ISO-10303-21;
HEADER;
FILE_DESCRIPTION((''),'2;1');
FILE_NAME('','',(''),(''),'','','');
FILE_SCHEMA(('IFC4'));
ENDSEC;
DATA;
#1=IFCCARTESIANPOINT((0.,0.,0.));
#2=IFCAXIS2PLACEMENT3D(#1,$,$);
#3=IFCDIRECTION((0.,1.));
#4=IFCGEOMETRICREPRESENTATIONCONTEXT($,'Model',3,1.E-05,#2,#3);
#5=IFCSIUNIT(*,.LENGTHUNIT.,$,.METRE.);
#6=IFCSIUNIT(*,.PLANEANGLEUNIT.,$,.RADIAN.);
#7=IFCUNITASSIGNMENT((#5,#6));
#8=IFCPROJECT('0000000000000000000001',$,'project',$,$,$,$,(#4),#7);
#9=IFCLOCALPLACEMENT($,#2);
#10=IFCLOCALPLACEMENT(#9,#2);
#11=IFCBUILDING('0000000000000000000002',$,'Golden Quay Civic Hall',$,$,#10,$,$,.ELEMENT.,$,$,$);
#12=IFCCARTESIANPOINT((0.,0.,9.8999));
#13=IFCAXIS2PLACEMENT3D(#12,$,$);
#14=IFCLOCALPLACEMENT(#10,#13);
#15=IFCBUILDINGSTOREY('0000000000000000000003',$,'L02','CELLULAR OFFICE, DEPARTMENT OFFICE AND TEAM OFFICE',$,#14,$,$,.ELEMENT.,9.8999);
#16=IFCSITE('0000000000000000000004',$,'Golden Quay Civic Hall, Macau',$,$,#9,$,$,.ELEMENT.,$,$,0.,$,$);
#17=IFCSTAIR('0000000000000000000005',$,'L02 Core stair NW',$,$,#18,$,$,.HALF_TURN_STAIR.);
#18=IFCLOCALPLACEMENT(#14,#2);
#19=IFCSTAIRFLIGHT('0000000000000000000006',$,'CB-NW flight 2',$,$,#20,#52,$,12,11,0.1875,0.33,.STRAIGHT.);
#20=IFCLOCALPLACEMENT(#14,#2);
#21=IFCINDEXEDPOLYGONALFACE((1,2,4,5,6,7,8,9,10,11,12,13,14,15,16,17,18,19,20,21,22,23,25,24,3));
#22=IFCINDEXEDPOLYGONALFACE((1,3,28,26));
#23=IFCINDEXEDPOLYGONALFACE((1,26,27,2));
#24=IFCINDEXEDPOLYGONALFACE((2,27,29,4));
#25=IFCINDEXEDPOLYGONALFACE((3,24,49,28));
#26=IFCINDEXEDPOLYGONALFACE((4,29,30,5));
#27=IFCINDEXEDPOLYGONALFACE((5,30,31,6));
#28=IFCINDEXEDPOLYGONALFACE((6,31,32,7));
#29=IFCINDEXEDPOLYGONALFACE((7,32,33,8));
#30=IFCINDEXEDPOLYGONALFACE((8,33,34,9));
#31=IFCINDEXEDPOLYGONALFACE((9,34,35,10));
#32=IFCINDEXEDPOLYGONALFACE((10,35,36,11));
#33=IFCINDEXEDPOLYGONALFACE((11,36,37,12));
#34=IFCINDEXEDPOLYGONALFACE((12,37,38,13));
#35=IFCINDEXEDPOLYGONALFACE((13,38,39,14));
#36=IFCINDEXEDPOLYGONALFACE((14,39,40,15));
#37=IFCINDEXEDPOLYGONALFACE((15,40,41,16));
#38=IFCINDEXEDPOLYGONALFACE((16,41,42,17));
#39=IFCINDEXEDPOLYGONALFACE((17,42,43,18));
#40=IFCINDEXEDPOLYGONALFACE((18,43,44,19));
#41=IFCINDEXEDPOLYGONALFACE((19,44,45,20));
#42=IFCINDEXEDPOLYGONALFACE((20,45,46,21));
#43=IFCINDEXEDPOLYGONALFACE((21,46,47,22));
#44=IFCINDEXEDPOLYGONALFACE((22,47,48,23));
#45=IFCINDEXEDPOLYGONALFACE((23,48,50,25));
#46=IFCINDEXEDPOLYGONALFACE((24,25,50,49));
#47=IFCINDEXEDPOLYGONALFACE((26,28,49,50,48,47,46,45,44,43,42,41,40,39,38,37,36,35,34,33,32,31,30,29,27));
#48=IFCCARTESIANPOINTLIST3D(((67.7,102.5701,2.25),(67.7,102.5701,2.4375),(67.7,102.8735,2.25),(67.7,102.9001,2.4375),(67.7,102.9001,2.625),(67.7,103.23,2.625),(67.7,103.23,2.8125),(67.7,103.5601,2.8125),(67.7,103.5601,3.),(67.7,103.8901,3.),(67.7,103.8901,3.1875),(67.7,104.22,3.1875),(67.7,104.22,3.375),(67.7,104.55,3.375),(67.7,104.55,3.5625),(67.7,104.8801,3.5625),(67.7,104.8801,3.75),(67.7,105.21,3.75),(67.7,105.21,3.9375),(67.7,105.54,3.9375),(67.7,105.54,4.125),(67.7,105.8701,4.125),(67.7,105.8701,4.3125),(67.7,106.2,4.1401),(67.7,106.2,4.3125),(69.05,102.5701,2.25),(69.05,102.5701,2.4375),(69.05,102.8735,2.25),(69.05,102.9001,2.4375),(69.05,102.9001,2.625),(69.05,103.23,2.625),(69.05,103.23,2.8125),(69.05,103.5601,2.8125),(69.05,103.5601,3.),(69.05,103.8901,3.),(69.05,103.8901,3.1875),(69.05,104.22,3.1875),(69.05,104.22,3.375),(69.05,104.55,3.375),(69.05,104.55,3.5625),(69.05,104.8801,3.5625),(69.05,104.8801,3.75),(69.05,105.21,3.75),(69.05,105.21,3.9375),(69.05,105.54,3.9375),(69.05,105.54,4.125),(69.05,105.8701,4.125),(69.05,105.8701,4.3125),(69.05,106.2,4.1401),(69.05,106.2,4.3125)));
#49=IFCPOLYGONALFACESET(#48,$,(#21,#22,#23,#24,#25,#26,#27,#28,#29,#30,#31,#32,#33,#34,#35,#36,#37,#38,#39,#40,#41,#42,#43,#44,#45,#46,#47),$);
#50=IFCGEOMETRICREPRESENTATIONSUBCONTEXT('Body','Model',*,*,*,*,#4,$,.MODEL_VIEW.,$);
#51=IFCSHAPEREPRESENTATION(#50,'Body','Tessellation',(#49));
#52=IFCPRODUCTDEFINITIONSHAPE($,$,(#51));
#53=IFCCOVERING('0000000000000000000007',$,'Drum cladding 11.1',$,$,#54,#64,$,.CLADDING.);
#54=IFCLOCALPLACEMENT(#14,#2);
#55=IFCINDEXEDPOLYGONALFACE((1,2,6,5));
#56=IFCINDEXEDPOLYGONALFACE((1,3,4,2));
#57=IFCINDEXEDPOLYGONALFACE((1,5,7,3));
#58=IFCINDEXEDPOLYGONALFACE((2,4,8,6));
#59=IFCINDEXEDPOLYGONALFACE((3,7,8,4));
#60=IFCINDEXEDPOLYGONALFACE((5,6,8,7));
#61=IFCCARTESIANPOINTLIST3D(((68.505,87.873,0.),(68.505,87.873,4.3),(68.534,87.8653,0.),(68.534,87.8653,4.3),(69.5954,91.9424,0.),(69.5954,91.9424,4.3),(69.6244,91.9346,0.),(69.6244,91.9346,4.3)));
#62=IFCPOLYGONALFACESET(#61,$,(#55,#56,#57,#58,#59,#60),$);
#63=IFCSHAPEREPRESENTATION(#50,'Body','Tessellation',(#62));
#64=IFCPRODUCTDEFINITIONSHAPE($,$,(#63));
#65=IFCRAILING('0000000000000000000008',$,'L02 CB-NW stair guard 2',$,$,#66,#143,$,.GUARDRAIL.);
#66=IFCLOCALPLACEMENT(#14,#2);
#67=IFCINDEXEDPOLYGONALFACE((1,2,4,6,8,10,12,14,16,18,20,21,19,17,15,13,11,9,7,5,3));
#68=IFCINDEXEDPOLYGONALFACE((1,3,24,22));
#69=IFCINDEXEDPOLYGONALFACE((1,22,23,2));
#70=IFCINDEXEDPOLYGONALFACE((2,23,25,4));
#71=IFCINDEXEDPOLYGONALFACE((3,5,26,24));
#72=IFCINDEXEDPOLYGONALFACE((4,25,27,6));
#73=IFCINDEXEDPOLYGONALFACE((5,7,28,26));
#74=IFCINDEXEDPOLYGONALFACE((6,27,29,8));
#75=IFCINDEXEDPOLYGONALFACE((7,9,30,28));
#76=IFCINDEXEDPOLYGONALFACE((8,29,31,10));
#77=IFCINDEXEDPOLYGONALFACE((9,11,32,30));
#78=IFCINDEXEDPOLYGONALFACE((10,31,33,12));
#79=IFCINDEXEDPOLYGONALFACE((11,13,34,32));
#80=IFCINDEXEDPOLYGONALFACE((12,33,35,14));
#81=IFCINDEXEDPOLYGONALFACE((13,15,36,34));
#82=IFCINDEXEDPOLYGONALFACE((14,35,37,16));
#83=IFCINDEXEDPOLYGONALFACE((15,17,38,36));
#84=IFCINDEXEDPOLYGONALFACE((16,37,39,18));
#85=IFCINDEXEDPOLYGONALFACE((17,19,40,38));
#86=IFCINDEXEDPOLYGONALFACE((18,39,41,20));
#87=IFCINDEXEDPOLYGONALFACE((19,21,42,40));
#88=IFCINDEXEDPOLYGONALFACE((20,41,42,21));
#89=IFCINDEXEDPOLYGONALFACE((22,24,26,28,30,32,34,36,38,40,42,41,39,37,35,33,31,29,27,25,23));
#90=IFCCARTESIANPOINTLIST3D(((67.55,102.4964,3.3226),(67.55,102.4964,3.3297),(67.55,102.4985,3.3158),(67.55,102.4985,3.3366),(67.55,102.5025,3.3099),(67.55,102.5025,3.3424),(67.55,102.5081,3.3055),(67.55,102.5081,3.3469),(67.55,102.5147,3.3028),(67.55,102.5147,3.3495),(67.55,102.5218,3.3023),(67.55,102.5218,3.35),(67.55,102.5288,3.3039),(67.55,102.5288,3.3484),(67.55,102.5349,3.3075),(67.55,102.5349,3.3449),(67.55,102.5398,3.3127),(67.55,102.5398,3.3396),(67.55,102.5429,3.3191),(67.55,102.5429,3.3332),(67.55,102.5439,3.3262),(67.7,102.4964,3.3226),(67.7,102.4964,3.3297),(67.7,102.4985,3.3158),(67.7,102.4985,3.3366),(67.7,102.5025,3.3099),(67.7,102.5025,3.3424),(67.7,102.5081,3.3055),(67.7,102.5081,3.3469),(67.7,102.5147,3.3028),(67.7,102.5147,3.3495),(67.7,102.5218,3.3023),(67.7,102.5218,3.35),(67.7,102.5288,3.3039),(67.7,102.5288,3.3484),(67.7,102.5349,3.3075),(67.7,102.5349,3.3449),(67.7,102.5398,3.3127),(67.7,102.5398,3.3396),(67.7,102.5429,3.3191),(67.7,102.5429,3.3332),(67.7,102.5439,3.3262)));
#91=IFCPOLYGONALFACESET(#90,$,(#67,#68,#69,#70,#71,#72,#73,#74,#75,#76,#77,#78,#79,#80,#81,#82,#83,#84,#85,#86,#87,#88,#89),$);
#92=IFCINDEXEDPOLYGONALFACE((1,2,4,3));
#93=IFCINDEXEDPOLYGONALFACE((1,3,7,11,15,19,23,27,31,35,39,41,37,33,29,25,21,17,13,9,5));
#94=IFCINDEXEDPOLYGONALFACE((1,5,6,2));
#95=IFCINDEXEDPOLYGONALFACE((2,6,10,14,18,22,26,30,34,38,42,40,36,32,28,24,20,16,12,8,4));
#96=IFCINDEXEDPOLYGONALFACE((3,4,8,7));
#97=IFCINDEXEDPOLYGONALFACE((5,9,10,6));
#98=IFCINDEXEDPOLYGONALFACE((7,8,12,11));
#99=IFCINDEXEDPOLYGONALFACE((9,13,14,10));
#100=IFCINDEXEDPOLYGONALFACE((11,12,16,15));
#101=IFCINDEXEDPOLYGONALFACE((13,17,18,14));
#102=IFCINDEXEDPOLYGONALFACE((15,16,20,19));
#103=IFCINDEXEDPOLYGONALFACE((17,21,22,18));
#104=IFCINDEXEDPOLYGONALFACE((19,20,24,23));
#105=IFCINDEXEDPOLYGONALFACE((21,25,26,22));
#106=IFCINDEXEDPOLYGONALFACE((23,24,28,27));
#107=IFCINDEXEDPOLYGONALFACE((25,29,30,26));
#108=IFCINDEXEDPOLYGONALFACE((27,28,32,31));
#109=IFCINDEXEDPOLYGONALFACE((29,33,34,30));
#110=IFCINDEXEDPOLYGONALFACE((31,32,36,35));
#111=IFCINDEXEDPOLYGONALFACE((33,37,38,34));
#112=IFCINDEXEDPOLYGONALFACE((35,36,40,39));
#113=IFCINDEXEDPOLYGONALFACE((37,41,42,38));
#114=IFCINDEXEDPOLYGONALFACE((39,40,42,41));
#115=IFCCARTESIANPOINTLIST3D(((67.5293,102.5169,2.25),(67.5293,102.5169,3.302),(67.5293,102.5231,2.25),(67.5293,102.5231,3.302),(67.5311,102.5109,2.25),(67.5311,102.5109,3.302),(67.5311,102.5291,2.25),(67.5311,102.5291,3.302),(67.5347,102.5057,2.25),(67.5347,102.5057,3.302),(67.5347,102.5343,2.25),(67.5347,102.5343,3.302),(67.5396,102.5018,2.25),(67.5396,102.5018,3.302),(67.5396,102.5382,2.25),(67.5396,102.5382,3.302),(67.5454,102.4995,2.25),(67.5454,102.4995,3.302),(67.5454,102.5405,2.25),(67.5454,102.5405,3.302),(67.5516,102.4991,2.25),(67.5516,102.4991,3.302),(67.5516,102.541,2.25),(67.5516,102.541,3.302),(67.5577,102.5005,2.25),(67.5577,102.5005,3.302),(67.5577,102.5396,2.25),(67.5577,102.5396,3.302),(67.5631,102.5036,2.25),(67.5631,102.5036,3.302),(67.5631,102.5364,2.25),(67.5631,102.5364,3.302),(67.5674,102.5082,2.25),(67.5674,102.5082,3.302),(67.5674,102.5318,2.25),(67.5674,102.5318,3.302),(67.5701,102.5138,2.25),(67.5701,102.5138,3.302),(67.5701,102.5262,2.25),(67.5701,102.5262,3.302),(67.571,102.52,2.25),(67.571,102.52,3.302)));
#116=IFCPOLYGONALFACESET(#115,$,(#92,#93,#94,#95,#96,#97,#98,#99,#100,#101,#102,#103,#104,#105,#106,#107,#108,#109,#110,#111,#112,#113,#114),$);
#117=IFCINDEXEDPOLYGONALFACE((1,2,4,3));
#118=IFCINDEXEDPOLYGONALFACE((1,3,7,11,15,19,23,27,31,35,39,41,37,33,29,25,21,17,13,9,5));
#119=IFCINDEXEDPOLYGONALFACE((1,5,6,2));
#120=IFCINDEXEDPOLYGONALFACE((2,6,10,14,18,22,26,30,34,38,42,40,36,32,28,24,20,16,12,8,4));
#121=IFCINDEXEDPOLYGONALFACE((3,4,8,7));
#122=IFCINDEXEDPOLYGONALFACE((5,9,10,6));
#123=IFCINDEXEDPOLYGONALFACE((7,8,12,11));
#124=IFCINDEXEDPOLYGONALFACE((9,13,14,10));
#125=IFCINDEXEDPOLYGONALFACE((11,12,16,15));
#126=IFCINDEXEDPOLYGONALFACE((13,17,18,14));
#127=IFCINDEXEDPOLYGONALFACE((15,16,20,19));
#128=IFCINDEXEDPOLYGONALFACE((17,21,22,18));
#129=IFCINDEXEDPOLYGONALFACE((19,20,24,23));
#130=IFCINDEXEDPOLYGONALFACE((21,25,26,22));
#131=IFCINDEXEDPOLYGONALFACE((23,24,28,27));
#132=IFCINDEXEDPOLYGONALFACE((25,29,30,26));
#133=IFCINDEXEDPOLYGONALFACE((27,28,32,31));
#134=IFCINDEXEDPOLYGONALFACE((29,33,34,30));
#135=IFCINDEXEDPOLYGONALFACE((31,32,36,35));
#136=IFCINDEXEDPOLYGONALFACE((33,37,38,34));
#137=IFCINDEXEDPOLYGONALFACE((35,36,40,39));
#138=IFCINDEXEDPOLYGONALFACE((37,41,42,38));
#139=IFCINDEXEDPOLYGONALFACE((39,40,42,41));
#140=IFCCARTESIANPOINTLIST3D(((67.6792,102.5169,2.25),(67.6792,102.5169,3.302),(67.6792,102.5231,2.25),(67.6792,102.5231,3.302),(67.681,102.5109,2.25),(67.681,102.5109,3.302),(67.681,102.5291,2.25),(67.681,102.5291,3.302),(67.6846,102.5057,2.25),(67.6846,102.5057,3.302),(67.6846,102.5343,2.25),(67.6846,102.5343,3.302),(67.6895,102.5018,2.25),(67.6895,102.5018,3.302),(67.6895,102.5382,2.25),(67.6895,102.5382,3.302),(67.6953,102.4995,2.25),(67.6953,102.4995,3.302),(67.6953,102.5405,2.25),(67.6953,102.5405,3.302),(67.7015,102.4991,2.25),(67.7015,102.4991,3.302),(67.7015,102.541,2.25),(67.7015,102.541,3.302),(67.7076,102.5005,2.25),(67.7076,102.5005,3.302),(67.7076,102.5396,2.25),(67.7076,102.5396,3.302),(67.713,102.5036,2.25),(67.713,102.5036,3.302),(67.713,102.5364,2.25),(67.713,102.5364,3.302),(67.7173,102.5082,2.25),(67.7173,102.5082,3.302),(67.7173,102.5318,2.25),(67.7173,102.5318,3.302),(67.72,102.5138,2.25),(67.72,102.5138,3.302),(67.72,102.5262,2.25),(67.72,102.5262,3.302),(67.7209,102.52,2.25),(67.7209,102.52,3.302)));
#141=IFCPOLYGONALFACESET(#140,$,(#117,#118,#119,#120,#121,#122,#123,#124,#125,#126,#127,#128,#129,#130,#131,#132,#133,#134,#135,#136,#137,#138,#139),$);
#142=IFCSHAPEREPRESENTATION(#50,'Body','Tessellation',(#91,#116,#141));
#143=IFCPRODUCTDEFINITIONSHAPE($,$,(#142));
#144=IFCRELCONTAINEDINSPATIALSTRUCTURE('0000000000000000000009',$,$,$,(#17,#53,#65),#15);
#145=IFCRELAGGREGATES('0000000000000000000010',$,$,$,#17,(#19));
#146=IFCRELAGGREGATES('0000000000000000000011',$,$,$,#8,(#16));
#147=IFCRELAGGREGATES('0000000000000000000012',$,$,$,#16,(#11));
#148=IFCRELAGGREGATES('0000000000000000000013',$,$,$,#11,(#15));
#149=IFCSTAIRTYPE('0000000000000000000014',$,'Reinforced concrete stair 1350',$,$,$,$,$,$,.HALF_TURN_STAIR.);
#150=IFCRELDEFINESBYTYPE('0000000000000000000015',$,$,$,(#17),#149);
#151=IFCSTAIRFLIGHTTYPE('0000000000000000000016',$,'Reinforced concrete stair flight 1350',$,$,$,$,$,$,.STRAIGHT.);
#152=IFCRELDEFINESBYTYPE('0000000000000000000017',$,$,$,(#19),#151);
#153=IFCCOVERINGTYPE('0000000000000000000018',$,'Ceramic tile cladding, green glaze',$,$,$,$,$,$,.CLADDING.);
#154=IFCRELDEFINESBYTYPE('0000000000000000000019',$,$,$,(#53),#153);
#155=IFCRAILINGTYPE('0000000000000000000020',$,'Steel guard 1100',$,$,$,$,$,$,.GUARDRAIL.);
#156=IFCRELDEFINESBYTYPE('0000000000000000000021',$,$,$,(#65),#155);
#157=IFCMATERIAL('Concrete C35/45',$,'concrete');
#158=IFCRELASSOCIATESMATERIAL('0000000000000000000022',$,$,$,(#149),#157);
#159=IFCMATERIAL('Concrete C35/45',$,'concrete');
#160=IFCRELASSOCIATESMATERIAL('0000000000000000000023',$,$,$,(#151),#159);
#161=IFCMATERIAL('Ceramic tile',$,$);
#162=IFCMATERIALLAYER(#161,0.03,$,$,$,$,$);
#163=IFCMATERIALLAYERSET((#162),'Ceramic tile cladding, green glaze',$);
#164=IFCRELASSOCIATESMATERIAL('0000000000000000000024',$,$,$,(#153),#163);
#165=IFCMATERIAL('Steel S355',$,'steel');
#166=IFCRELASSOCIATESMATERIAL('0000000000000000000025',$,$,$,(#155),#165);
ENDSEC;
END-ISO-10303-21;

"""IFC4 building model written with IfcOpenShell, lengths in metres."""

from ifc_helpers import new_model, si_unit, direction, frame, origin, origin_2d, place, context, subcontext, project, spatial, polyline, rectangle, circle, outline, extrude, material, layer, layer_set, type_object, element, aggregate, save


model = new_model("IFC4")

# Units and contexts
model_context = context("Model", 3, precision=1e-05, world=origin(), true_north=direction((0.0, 1.0)))
body_context = subcontext(model_context, "Body", "Model", "MODEL_VIEW")
ifc_project = project(units=[si_unit("LENGTHUNIT", "METRE"), si_unit("PLANEANGLEUNIT", "RADIAN")], contexts=[model_context])

# Site, building, storey
site_placement = place(None, origin())
site = spatial("IfcSite", under=ifc_project, at=site_placement, Name="Golden Quay Civic Hall, Macau", CompositionType="ELEMENT", RefElevation=0.0)
building_placement = place(site_placement, origin())
building = spatial("IfcBuilding", under=site, at=building_placement, Name="Golden Quay Civic Hall", CompositionType="ELEMENT")
storey_placement = place(building_placement, frame((0.0, 0.0, 9.8999)))
storey = spatial("IfcBuildingStorey", under=building, at=storey_placement, Name="L02", Description="CELLULAR OFFICE, DEPARTMENT OFFICE AND TEAM OFFICE", CompositionType="ELEMENT", Elevation=9.8999)

# Stair, stair flight
ifc_material_1 = material(Name="Concrete C35/45", Category="concrete")
stair_type = type_object("IfcStairType", Name="Reinforced concrete stair 1350", PredefinedType="HALF_TURN_STAIR", material=ifc_material_1)
stair_placement = place(storey_placement, origin())
stair = element("IfcStair", 1, at=stair_placement, inside=storey, type_object=stair_type, Name="L02 Core stair NW", PredefinedType="HALF_TURN_STAIR")
ifc_material_2 = material(Name="Concrete C35/45", Category="concrete")
stair_flight_type = type_object("IfcStairFlightType", Name="Reinforced concrete stair flight 1350", PredefinedType="STRAIGHT", material=ifc_material_2)
stair_flight_placement = place(storey_placement, frame((68.375, 102.5701, 2.25), z_axis=(0.0, 0.0, 1.0), x_axis=(0.0, 1.0, 0.0)))
stair_flight = element("IfcStairFlight", 2, at=stair_flight_placement, type_object=stair_flight_type, Name="CB-NW flight 2", NumberOfRisers=12, NumberOfTreads=11, PredefinedType="STRAIGHT", RiserHeight=0.1875, TreadLength=0.33, context=body_context, shape_type="SweptSolid", body=[
    extrude(outline(polyline([(0.0, 0.0), (0.0, 0.1875), (0.3301, 0.1875), (0.3301, 0.375), (0.6599, 0.375), (0.6599, 0.5625), (0.99, 0.5625), (0.99, 0.75), (1.3201, 0.75), (1.3201, 0.9375), (1.6499, 0.9375), (1.6499, 1.125), (1.98, 1.125), (1.98, 1.3125), (2.3101, 1.3125), (2.3101, 1.5), (2.6399, 1.5), (2.6399, 1.6875), (2.97, 1.6875), (2.97, 1.875), (3.3, 1.875), (3.3, 2.0625), (3.6299, 2.0625), (3.6299, 2.25), (3.6299, 1.8901), (0.3035, 0.0), (0.0, 0.0)])), frame((0.0, 0.675, 0.0), z_axis=(0.0, -1.0, 0.0), x_axis=(1.0, 0.0, 0.0)), (0.0, 0.0, 1.0), 1.35),
])
aggregate(stair, [stair_flight])

# Covering
ifc_material_3 = material(Name="Ceramic tile")
ifc_layer_1 = layer(ifc_material_3, 0.03)
ifc_layer_set_1 = layer_set([ifc_layer_1], Name="Ceramic tile cladding, green glaze")
covering_type = type_object("IfcCoveringType", Name="Ceramic tile cladding, green glaze", PredefinedType="CLADDING", material=ifc_layer_set_1)
covering_placement = place(storey_placement, frame((69.0647, 89.9038, 0.0), z_axis=(0.0, 0.0, 1.0), x_axis=(-0.258819, -0.965926, 0.0)))
element("IfcCovering", 3, at=covering_placement, inside=storey, type_object=covering_type, Name="Drum cladding 11.1", PredefinedType="CLADDING", context=body_context, shape_type="SweptSolid", body=[
    extrude(rectangle(XDim=4.2129, YDim=0.03, at=origin_2d()), origin(), (0.0, 0.0, 1.0), 4.3),
])

# Railing
ifc_material_4 = material(Name="Steel S355", Category="steel")
railing_type_1 = type_object("IfcRailingType", Name="Steel guard 1100", PredefinedType="GUARDRAIL", material=ifc_material_4)
railing_1_placement = place(storey_placement, frame((67.55, 102.52, 2.25)))
element("IfcRailing", 4, at=railing_1_placement, inside=storey, type_object=railing_type_1, Name="L02 CB-NW stair guard 2", PredefinedType="GUARDRAIL", context=body_context, shape_type="SweptSolid", body=[
    extrude(circle(Radius=0.0239, at=origin_2d()), frame((0.0, 0.0, 1.0762), z_axis=(1.0, 0.0, 0.0), x_axis=(0.0, 1.0, 0.0)), (0.0, 0.0, 1.0), 0.1499),
    extrude(circle(Radius=0.021, at=origin_2d()), origin(), (0.0, 0.0, 1.0), 1.052),
    extrude(circle(Radius=0.021, at=origin_2d()), frame((0.1499, 0.0, 0.0)), (0.0, 0.0, 1.0), 1.052),
])

save(model, "model.ifc")
